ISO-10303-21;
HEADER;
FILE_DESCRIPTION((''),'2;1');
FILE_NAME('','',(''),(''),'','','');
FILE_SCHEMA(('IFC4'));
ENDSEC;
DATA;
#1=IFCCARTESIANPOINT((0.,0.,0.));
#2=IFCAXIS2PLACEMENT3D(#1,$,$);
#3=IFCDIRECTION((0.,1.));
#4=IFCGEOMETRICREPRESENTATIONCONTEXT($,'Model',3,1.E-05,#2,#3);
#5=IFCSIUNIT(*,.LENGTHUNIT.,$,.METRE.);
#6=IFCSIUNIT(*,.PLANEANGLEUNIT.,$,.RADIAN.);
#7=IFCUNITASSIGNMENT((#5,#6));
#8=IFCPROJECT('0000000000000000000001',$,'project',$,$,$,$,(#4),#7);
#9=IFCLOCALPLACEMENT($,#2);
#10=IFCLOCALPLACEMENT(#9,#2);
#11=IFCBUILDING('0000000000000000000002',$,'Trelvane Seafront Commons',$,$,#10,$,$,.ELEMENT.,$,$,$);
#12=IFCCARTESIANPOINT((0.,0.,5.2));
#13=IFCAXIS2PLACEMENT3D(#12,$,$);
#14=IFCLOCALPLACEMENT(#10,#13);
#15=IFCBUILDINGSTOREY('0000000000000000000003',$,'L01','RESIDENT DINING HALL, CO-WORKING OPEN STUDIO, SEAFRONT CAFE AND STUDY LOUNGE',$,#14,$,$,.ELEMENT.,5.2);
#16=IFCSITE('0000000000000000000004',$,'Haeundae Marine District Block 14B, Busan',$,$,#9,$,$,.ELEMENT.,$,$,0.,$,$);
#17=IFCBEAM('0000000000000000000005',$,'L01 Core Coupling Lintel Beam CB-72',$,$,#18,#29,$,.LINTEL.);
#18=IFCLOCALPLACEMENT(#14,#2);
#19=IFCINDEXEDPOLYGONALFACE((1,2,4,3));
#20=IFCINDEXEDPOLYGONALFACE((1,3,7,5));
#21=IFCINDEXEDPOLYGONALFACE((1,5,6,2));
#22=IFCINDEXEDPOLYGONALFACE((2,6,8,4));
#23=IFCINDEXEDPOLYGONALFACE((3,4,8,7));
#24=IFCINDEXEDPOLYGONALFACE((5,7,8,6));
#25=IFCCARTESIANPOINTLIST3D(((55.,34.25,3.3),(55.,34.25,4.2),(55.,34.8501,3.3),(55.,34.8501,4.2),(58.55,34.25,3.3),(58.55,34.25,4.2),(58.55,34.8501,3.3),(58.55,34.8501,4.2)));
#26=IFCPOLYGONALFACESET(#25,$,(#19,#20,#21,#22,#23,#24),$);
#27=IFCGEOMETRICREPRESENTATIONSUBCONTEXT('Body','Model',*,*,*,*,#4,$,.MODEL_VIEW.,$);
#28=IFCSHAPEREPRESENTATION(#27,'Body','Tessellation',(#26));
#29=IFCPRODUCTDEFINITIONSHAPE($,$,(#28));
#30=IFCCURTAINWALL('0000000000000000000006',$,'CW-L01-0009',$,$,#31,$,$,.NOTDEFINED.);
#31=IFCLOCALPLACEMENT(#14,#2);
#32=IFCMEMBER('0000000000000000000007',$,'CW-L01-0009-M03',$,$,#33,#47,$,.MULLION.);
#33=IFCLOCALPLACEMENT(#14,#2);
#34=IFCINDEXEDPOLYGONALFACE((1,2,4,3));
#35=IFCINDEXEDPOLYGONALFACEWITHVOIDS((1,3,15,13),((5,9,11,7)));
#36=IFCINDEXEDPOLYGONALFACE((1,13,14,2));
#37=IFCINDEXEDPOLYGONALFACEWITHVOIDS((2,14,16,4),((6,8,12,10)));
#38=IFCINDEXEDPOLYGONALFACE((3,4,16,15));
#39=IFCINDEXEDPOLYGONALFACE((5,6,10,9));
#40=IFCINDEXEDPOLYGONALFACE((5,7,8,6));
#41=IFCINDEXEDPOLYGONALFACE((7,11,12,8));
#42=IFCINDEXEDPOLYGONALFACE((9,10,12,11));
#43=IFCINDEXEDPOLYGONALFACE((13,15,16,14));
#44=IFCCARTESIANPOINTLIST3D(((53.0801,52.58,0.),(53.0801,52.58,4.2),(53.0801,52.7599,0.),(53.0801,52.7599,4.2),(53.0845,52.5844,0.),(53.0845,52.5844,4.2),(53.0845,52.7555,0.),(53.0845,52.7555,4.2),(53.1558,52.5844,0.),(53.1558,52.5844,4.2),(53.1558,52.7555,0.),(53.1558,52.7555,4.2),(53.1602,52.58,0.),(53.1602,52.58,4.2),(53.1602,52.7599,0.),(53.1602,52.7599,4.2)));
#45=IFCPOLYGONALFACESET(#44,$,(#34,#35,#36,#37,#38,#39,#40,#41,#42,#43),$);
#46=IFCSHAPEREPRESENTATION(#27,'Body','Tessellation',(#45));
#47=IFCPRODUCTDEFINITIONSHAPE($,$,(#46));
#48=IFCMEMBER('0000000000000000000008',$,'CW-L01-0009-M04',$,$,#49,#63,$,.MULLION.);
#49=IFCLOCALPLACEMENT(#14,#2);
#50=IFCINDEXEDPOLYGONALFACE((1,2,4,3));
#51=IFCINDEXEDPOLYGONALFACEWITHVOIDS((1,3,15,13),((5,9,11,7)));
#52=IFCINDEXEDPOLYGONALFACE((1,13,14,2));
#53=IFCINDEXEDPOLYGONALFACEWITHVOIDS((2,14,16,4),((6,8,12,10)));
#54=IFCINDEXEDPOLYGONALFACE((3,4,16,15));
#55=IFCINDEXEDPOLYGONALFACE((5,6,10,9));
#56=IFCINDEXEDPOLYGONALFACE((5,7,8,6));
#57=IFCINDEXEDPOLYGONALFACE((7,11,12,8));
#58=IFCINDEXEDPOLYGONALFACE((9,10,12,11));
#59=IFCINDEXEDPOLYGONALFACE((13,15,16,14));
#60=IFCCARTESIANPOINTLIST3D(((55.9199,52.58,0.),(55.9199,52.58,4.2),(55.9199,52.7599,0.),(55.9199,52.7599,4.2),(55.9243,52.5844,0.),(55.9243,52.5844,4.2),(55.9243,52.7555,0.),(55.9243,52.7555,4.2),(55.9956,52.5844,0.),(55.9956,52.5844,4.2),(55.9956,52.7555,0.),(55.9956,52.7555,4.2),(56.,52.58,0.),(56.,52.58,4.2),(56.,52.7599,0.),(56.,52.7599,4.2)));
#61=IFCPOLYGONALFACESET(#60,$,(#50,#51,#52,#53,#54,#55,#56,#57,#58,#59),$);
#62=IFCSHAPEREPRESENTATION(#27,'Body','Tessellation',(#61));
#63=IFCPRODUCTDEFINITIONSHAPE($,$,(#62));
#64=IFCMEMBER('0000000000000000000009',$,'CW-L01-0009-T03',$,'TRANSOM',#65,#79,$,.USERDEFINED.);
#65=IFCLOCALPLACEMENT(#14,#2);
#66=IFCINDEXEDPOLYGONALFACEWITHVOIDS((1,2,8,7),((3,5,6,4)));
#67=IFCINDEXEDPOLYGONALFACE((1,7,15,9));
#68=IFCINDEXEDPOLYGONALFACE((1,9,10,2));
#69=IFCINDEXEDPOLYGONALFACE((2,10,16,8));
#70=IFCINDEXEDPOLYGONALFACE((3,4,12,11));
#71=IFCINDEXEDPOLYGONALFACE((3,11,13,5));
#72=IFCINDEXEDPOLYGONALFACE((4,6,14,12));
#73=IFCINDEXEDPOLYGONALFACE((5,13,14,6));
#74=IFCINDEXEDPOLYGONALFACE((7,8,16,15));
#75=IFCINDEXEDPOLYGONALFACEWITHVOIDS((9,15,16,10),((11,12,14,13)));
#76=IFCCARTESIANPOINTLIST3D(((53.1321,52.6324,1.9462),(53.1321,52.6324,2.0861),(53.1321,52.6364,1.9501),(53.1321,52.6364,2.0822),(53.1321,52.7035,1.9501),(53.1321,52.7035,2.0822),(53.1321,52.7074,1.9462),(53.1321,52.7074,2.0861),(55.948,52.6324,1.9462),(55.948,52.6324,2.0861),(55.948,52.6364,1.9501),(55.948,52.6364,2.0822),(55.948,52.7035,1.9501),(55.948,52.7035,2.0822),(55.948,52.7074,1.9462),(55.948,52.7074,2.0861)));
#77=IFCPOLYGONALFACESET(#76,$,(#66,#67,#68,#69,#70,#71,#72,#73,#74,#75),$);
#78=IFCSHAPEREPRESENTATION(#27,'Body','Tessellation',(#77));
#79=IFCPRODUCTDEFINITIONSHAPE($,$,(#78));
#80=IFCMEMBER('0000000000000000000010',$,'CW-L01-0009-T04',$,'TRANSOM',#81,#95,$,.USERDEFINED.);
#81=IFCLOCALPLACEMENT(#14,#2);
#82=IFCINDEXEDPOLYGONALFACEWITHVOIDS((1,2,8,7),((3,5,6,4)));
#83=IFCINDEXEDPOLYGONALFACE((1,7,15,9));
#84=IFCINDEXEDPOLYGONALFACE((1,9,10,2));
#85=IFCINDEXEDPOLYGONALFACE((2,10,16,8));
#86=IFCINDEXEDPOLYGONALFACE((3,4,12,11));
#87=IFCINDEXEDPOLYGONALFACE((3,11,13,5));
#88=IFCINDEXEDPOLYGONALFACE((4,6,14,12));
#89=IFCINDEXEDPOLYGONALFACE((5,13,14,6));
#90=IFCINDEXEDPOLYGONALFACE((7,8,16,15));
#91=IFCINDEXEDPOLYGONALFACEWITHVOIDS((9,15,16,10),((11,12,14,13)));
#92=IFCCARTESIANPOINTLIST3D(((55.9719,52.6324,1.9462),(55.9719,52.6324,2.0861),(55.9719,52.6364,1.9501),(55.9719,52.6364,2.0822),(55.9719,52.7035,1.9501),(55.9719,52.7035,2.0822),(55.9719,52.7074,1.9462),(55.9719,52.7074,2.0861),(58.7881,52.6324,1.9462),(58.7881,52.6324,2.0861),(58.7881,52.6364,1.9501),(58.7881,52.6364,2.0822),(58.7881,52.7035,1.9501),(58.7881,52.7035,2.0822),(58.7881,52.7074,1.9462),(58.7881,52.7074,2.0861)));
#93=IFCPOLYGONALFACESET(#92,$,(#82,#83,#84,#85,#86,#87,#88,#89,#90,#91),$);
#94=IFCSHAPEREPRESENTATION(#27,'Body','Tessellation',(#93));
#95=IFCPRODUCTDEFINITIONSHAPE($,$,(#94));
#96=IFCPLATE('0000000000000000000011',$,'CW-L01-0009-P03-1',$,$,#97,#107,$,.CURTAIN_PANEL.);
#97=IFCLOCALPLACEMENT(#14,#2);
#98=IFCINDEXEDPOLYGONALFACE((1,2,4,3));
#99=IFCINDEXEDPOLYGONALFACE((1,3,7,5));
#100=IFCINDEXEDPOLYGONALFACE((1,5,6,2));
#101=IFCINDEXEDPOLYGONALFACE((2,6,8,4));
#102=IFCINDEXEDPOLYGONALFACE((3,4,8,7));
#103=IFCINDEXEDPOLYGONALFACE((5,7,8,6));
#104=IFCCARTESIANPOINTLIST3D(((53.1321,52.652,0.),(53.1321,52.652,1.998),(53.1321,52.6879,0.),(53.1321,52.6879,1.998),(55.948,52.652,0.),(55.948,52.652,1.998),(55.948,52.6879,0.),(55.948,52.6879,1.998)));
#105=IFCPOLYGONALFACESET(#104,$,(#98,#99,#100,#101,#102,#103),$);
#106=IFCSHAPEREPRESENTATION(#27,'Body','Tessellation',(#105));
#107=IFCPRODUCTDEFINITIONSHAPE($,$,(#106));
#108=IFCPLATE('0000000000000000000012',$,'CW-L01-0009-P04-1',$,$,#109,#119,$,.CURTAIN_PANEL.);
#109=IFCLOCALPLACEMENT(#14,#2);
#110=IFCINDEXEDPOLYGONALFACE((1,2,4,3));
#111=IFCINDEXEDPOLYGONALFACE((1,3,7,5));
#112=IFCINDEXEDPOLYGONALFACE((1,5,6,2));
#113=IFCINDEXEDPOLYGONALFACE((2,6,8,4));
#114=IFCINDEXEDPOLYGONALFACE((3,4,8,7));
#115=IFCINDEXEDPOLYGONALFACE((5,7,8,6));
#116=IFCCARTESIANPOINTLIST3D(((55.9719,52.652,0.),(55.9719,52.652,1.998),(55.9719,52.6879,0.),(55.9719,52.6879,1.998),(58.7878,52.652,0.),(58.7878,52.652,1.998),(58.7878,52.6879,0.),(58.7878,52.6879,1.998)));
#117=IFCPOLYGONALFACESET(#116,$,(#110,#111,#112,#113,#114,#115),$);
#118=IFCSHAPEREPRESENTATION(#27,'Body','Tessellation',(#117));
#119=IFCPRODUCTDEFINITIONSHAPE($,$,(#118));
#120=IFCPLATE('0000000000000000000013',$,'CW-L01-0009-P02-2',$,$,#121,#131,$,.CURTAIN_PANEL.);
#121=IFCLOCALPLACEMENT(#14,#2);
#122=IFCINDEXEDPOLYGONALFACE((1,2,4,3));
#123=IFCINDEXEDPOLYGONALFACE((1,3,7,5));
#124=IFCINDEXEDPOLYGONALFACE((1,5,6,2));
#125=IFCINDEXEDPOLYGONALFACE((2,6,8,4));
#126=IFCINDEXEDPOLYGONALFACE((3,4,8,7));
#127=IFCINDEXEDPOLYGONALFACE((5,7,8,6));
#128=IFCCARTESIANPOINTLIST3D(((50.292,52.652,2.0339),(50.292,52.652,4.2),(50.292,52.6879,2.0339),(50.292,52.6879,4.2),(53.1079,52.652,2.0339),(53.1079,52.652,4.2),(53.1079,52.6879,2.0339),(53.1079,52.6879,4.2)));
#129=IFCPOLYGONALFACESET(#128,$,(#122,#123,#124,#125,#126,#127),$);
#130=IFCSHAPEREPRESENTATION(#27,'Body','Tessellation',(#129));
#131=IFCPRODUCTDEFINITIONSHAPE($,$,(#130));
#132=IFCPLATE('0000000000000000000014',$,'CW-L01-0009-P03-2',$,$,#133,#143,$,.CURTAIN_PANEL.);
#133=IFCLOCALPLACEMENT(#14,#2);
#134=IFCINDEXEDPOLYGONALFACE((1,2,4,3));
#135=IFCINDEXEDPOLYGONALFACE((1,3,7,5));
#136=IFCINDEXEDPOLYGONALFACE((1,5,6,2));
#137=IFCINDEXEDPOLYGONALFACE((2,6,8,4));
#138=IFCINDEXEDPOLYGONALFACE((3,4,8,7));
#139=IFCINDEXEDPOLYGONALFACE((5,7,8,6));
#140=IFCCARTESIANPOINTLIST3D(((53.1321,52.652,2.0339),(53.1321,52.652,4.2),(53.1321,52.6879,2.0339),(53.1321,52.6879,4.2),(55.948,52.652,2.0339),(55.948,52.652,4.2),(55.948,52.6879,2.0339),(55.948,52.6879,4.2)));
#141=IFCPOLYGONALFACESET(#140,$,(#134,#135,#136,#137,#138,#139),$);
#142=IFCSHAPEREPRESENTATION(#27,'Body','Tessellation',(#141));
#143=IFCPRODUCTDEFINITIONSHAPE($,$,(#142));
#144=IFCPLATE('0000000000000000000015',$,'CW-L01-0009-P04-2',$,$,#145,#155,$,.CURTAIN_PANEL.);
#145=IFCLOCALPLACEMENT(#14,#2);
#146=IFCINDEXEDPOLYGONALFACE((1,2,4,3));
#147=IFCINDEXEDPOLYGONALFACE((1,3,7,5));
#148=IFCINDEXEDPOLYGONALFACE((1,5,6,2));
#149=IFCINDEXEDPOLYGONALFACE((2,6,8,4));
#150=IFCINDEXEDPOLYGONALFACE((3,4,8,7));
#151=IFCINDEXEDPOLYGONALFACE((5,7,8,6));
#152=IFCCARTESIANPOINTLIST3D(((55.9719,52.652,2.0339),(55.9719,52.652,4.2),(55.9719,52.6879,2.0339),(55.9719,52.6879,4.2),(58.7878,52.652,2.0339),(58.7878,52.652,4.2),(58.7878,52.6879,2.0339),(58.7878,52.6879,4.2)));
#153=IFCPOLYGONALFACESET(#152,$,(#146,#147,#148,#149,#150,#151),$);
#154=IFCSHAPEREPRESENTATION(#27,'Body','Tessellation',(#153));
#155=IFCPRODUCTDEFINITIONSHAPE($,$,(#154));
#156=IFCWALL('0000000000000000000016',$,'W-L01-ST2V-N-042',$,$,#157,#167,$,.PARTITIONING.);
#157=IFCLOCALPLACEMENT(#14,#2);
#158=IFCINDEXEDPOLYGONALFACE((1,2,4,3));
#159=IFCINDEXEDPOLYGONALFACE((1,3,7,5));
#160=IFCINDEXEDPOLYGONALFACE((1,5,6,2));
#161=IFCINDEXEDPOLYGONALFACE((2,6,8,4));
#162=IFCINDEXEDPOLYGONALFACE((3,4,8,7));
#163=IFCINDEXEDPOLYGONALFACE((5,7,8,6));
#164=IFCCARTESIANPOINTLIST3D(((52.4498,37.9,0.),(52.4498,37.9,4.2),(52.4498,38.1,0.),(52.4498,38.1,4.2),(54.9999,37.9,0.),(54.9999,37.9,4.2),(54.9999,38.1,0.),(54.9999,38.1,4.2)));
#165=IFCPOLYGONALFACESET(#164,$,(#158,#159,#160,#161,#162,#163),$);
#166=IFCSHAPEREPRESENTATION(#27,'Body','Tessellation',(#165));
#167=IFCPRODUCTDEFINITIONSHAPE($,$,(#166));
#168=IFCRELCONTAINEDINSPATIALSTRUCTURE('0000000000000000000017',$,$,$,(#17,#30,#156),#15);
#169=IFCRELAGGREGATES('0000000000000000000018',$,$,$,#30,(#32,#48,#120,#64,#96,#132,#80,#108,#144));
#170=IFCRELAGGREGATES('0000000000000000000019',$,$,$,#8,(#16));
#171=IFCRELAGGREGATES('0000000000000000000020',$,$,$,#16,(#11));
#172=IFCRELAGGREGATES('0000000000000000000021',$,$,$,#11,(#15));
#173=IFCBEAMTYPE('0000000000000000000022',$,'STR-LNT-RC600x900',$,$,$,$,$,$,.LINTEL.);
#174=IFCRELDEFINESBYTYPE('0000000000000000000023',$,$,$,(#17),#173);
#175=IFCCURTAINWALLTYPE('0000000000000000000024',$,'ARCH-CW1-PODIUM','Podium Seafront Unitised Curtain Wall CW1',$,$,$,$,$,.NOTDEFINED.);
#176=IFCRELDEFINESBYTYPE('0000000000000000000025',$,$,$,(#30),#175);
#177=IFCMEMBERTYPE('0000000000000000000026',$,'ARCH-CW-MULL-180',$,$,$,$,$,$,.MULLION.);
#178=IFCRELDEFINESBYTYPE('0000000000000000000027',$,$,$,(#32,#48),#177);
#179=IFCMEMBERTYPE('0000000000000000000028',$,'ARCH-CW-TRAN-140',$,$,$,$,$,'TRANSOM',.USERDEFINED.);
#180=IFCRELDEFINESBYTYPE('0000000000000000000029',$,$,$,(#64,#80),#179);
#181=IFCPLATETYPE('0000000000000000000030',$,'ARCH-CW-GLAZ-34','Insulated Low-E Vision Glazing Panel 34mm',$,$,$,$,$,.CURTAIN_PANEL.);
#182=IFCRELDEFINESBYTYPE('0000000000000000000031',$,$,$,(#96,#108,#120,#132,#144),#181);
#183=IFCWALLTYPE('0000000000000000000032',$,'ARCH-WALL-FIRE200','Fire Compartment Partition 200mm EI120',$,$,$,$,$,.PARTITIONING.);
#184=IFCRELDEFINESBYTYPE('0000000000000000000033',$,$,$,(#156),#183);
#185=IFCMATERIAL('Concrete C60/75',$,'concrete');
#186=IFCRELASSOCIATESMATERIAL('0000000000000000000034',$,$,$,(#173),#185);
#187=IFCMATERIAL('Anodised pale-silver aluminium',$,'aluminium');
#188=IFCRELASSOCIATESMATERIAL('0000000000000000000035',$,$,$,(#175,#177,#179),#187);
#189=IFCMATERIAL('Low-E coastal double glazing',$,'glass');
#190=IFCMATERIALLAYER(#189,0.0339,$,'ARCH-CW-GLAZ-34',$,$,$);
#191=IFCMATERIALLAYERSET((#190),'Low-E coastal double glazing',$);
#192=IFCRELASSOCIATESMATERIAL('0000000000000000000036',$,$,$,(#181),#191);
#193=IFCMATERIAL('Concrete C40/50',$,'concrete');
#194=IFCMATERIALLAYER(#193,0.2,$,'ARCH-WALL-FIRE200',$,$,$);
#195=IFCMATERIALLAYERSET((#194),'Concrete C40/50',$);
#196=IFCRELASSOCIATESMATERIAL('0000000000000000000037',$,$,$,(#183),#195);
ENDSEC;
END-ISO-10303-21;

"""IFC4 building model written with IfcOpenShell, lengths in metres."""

from ifc_helpers import new_model, si_unit, direction, frame, frame_2d, origin, origin_2d, place, context, subcontext, project, spatial, rectangle, hollow_rectangle, extrude, source, transform, mapped, material, layer, layer_set, material_profile, profile_set, type_object, element, aggregate, save


model = new_model("IFC4")

# Units and contexts
model_context = context("Model", 3, precision=1e-05, world=origin(), true_north=direction((0.0, 1.0)))
body_context = subcontext(model_context, "Body", "Model", "MODEL_VIEW")
ifc_project = project(units=[si_unit("LENGTHUNIT", "METRE"), si_unit("PLANEANGLEUNIT", "RADIAN")], contexts=[model_context])

# Site, building, storey
site_placement = place(None, origin())
site = spatial("IfcSite", under=ifc_project, at=site_placement, Name="Haeundae Marine District Block 14B, Busan", CompositionType="ELEMENT", RefElevation=0.0)
building_placement = place(site_placement, origin())
building = spatial("IfcBuilding", under=site, at=building_placement, Name="Trelvane Seafront Commons", CompositionType="ELEMENT")
storey_placement = place(building_placement, frame((0.0, 0.0, 5.2)))
storey = spatial("IfcBuildingStorey", under=building, at=storey_placement, Name="L01", Description="RESIDENT DINING HALL, CO-WORKING OPEN STUDIO, SEAFRONT CAFE AND STUDY LOUNGE", CompositionType="ELEMENT", Elevation=5.2)

# Beam
ifc_material_1 = material(Name="Concrete C60/75", Category="concrete")
ifc_material_profile_1 = material_profile(ifc_material_1, rectangle(XDim=0.6001, YDim=0.8999, at=origin_2d()), Name="RC-600x900")
ifc_profile_set_1 = profile_set([ifc_material_profile_1], Name="Concrete C60/75")
beam_type = type_object("IfcBeamType", Name="STR-LNT-RC600x900", PredefinedType="LINTEL", material=ifc_profile_set_1)
shared_shape_1 = source(origin(), body_context, "Body", "SweptSolid", [
    extrude(rectangle(XDim=0.6001, YDim=0.8999, at=origin_2d()), origin(), (0.0, 0.0, 1.0), 3.55),
])
beam_placement = place(storey_placement, frame((55.0, 34.55, 3.75), z_axis=(1.0, 0.0, 0.0), x_axis=(0.0, 1.0, 0.0)))
element("IfcBeam", 1, at=beam_placement, inside=storey, type_object=beam_type, Name="L01 Core Coupling Lintel Beam CB-72", PredefinedType="LINTEL", context=body_context, shape_type="MappedRepresentation", body=[
    mapped(shared_shape_1, transform((0.0, 0.0, 0.0), x_axis=(1.0, 0.0, 0.0), y_axis=(0.0, 1.0, 0.0), z_axis=(0.0, 0.0, 1.0), scale=1.0)),
])

# Curtain wall, members, plates
ifc_material_2 = material(Name="Anodised pale-silver aluminium", Category="aluminium")
curtain_wall_type = type_object("IfcCurtainWallType", Name="ARCH-CW1-PODIUM", Description="Podium Seafront Unitised Curtain Wall CW1", PredefinedType="NOTDEFINED", material=ifc_material_2)
curtain_wall_placement = place(storey_placement, origin())
curtain_wall = element("IfcCurtainWall", 2, at=curtain_wall_placement, inside=storey, type_object=curtain_wall_type, Name="CW-L01-0009", PredefinedType="NOTDEFINED")
ifc_material_profile_2 = material_profile(ifc_material_2, hollow_rectangle(XDim=0.0801, YDim=0.1799, WallThickness=0.0044, at=origin_2d()), Name="MULL-80x180x4.5")
ifc_profile_set_2 = profile_set([ifc_material_profile_2], Name="Anodised pale-silver aluminium")
member_type_1 = type_object("IfcMemberType", Name="ARCH-CW-MULL-180", PredefinedType="MULLION", material=ifc_profile_set_2)
shared_shape_2 = source(origin(), body_context, "Body", "SweptSolid", [
    extrude(hollow_rectangle(XDim=0.0801, YDim=0.1799, WallThickness=0.0044, at=origin_2d()), origin(), (0.0, 0.0, 1.0), 4.2),
])
member_1_placement = place(storey_placement, frame((53.1201, 52.6699, 0.0), z_axis=(0.0, 0.0, 1.0), x_axis=(1.0, 0.0, 0.0)))
member_1 = element("IfcMember", 3, at=member_1_placement, type_object=member_type_1, Name="CW-L01-0009-M03", PredefinedType="MULLION", context=body_context, shape_type="MappedRepresentation", body=[
    mapped(shared_shape_2, transform((0.0, 0.0, 0.0), x_axis=(1.0, 0.0, 0.0), y_axis=(0.0, 1.0, 0.0), z_axis=(0.0, 0.0, 1.0), scale=1.0)),
])
member_2_placement = place(storey_placement, frame((55.96, 52.6699, 0.0), z_axis=(0.0, 0.0, 1.0), x_axis=(1.0, 0.0, 0.0)))
member_2 = element("IfcMember", 4, at=member_2_placement, type_object=member_type_1, Name="CW-L01-0009-M04", PredefinedType="MULLION", context=body_context, shape_type="MappedRepresentation", body=[
    mapped(shared_shape_2, transform((0.0, 0.0, 0.0), x_axis=(1.0, 0.0, 0.0), y_axis=(0.0, 1.0, 0.0), z_axis=(0.0, 0.0, 1.0), scale=1.0)),
])
ifc_material_profile_3 = material_profile(ifc_material_2, hollow_rectangle(XDim=0.075, YDim=0.1399, WallThickness=0.0039, at=origin_2d()), Name="TRAN-75x140x4")
ifc_profile_set_3 = profile_set([ifc_material_profile_3], Name="Anodised pale-silver aluminium")
member_type_2 = type_object("IfcMemberType", Name="ARCH-CW-TRAN-140", ElementType="TRANSOM", PredefinedType="USERDEFINED", material=ifc_profile_set_3)
shared_shape_3 = source(origin(), body_context, "Body", "SweptSolid", [
    extrude(hollow_rectangle(XDim=0.075, YDim=0.1399, WallThickness=0.0039, at=origin_2d()), origin(), (0.0, 0.0, 1.0), 2.8159),
])
member_3_placement = place(storey_placement, frame((53.1321, 52.6699, 2.0161), z_axis=(1.0, 0.0, 0.0), x_axis=(0.0, 1.0, 0.0)))
member_3 = element("IfcMember", 5, at=member_3_placement, type_object=member_type_2, Name="CW-L01-0009-T03", ObjectType="TRANSOM", PredefinedType="USERDEFINED", context=body_context, shape_type="MappedRepresentation", body=[
    mapped(shared_shape_3, transform((0.0, 0.0, 0.0), x_axis=(1.0, 0.0, 0.0), y_axis=(0.0, 1.0, 0.0), z_axis=(0.0, 0.0, 1.0), scale=1.0)),
])
shared_shape_4 = source(origin(), body_context, "Body", "SweptSolid", [
    extrude(hollow_rectangle(XDim=0.075, YDim=0.1399, WallThickness=0.0039, at=origin_2d()), origin(), (0.0, 0.0, 1.0), 2.8162),
])
member_4_placement = place(storey_placement, frame((55.9719, 52.6699, 2.0161), z_axis=(1.0, 0.0, 0.0), x_axis=(0.0, 1.0, 0.0)))
member_4 = element("IfcMember", 6, at=member_4_placement, type_object=member_type_2, Name="CW-L01-0009-T04", ObjectType="TRANSOM", PredefinedType="USERDEFINED", context=body_context, shape_type="MappedRepresentation", body=[
    mapped(shared_shape_4, transform((0.0, 0.0, 0.0), x_axis=(1.0, 0.0, 0.0), y_axis=(0.0, 1.0, 0.0), z_axis=(0.0, 0.0, 1.0), scale=1.0)),
])
ifc_material_3 = material(Name="Low-E coastal double glazing", Category="glass")
ifc_layer_1 = layer(ifc_material_3, 0.0339, Name="ARCH-CW-GLAZ-34")
ifc_layer_set_1 = layer_set([ifc_layer_1], Name="Low-E coastal double glazing")
plate_type = type_object("IfcPlateType", Name="ARCH-CW-GLAZ-34", Description="Insulated Low-E Vision Glazing Panel 34mm", PredefinedType="CURTAIN_PANEL", material=ifc_layer_set_1)
shared_shape_5 = source(origin(), body_context, "Body", "SweptSolid", [
    extrude(rectangle(XDim=2.8159, YDim=0.0359, at=origin_2d()), origin(), (0.0, 0.0, 1.0), 1.998),
])
plate_1_placement = place(storey_placement, frame((54.54, 52.6699, 0.0), z_axis=(0.0, 0.0, 1.0), x_axis=(1.0, 0.0, 0.0)))
plate_1 = element("IfcPlate", 7, at=plate_1_placement, type_object=plate_type, Name="CW-L01-0009-P03-1", PredefinedType="CURTAIN_PANEL", context=body_context, shape_type="MappedRepresentation", body=[
    mapped(shared_shape_5, transform((0.0, 0.0, 0.0), x_axis=(1.0, 0.0, 0.0), y_axis=(0.0, 1.0, 0.0), z_axis=(0.0, 0.0, 1.0), scale=1.0)),
])
plate_2_placement = place(storey_placement, frame((57.3799, 52.6699, 0.0), z_axis=(0.0, 0.0, 1.0), x_axis=(1.0, 0.0, 0.0)))
plate_2 = element("IfcPlate", 8, at=plate_2_placement, type_object=plate_type, Name="CW-L01-0009-P04-1", PredefinedType="CURTAIN_PANEL", context=body_context, shape_type="MappedRepresentation", body=[
    mapped(shared_shape_5, transform((0.0, 0.0, 0.0), x_axis=(1.0, 0.0, 0.0), y_axis=(0.0, 1.0, 0.0), z_axis=(0.0, 0.0, 1.0), scale=1.0)),
])
shared_shape_6 = source(origin(), body_context, "Body", "SweptSolid", [
    extrude(rectangle(XDim=2.8159, YDim=0.0359, at=origin_2d()), origin(), (0.0, 0.0, 1.0), 2.166),
])
plate_3_placement = place(storey_placement, frame((51.7, 52.6699, 2.0339), z_axis=(0.0, 0.0, 1.0), x_axis=(1.0, 0.0, 0.0)))
plate_3 = element("IfcPlate", 9, at=plate_3_placement, type_object=plate_type, Name="CW-L01-0009-P02-2", PredefinedType="CURTAIN_PANEL", context=body_context, shape_type="MappedRepresentation", body=[
    mapped(shared_shape_6, transform((0.0, 0.0, 0.0), x_axis=(1.0, 0.0, 0.0), y_axis=(0.0, 1.0, 0.0), z_axis=(0.0, 0.0, 1.0), scale=1.0)),
])
plate_4_placement = place(storey_placement, frame((54.54, 52.6699, 2.0339), z_axis=(0.0, 0.0, 1.0), x_axis=(1.0, 0.0, 0.0)))
plate_4 = element("IfcPlate", 10, at=plate_4_placement, type_object=plate_type, Name="CW-L01-0009-P03-2", PredefinedType="CURTAIN_PANEL", context=body_context, shape_type="MappedRepresentation", body=[
    mapped(shared_shape_6, transform((0.0, 0.0, 0.0), x_axis=(1.0, 0.0, 0.0), y_axis=(0.0, 1.0, 0.0), z_axis=(0.0, 0.0, 1.0), scale=1.0)),
])
plate_5_placement = place(storey_placement, frame((57.3799, 52.6699, 2.0339), z_axis=(0.0, 0.0, 1.0), x_axis=(1.0, 0.0, 0.0)))
plate_5 = element("IfcPlate", 11, at=plate_5_placement, type_object=plate_type, Name="CW-L01-0009-P04-2", PredefinedType="CURTAIN_PANEL", context=body_context, shape_type="MappedRepresentation", body=[
    mapped(shared_shape_6, transform((0.0, 0.0, 0.0), x_axis=(1.0, 0.0, 0.0), y_axis=(0.0, 1.0, 0.0), z_axis=(0.0, 0.0, 1.0), scale=1.0)),
])
aggregate(curtain_wall, [member_1, member_2, plate_3, member_3, plate_1, plate_4, member_4, plate_2, plate_5])

# Wall
ifc_material_4 = material(Name="Concrete C40/50", Category="concrete")
ifc_layer_2 = layer(ifc_material_4, 0.2, Name="ARCH-WALL-FIRE200")
ifc_layer_set_2 = layer_set([ifc_layer_2], Name="Concrete C40/50")
wall_type_1 = type_object("IfcWallType", Name="ARCH-WALL-FIRE200", Description="Fire Compartment Partition 200mm EI120", PredefinedType="PARTITIONING", material=ifc_layer_set_2)
wall_1_placement = place(storey_placement, frame((52.45, 38.0, 0.0), z_axis=(0.0, 0.0, 1.0), x_axis=(1.0, 0.0, 0.0)))
element("IfcWall", 12, at=wall_1_placement, inside=storey, type_object=wall_type_1, Name="W-L01-ST2V-N-042", PredefinedType="PARTITIONING", context=body_context, shape_type="SweptSolid", body=[
    extrude(rectangle(XDim=2.55, YDim=0.2, at=frame_2d((1.2749, 0.0))), origin(), (0.0, 0.0, 1.0), 4.2),
])

save(model, "model.ifc")
